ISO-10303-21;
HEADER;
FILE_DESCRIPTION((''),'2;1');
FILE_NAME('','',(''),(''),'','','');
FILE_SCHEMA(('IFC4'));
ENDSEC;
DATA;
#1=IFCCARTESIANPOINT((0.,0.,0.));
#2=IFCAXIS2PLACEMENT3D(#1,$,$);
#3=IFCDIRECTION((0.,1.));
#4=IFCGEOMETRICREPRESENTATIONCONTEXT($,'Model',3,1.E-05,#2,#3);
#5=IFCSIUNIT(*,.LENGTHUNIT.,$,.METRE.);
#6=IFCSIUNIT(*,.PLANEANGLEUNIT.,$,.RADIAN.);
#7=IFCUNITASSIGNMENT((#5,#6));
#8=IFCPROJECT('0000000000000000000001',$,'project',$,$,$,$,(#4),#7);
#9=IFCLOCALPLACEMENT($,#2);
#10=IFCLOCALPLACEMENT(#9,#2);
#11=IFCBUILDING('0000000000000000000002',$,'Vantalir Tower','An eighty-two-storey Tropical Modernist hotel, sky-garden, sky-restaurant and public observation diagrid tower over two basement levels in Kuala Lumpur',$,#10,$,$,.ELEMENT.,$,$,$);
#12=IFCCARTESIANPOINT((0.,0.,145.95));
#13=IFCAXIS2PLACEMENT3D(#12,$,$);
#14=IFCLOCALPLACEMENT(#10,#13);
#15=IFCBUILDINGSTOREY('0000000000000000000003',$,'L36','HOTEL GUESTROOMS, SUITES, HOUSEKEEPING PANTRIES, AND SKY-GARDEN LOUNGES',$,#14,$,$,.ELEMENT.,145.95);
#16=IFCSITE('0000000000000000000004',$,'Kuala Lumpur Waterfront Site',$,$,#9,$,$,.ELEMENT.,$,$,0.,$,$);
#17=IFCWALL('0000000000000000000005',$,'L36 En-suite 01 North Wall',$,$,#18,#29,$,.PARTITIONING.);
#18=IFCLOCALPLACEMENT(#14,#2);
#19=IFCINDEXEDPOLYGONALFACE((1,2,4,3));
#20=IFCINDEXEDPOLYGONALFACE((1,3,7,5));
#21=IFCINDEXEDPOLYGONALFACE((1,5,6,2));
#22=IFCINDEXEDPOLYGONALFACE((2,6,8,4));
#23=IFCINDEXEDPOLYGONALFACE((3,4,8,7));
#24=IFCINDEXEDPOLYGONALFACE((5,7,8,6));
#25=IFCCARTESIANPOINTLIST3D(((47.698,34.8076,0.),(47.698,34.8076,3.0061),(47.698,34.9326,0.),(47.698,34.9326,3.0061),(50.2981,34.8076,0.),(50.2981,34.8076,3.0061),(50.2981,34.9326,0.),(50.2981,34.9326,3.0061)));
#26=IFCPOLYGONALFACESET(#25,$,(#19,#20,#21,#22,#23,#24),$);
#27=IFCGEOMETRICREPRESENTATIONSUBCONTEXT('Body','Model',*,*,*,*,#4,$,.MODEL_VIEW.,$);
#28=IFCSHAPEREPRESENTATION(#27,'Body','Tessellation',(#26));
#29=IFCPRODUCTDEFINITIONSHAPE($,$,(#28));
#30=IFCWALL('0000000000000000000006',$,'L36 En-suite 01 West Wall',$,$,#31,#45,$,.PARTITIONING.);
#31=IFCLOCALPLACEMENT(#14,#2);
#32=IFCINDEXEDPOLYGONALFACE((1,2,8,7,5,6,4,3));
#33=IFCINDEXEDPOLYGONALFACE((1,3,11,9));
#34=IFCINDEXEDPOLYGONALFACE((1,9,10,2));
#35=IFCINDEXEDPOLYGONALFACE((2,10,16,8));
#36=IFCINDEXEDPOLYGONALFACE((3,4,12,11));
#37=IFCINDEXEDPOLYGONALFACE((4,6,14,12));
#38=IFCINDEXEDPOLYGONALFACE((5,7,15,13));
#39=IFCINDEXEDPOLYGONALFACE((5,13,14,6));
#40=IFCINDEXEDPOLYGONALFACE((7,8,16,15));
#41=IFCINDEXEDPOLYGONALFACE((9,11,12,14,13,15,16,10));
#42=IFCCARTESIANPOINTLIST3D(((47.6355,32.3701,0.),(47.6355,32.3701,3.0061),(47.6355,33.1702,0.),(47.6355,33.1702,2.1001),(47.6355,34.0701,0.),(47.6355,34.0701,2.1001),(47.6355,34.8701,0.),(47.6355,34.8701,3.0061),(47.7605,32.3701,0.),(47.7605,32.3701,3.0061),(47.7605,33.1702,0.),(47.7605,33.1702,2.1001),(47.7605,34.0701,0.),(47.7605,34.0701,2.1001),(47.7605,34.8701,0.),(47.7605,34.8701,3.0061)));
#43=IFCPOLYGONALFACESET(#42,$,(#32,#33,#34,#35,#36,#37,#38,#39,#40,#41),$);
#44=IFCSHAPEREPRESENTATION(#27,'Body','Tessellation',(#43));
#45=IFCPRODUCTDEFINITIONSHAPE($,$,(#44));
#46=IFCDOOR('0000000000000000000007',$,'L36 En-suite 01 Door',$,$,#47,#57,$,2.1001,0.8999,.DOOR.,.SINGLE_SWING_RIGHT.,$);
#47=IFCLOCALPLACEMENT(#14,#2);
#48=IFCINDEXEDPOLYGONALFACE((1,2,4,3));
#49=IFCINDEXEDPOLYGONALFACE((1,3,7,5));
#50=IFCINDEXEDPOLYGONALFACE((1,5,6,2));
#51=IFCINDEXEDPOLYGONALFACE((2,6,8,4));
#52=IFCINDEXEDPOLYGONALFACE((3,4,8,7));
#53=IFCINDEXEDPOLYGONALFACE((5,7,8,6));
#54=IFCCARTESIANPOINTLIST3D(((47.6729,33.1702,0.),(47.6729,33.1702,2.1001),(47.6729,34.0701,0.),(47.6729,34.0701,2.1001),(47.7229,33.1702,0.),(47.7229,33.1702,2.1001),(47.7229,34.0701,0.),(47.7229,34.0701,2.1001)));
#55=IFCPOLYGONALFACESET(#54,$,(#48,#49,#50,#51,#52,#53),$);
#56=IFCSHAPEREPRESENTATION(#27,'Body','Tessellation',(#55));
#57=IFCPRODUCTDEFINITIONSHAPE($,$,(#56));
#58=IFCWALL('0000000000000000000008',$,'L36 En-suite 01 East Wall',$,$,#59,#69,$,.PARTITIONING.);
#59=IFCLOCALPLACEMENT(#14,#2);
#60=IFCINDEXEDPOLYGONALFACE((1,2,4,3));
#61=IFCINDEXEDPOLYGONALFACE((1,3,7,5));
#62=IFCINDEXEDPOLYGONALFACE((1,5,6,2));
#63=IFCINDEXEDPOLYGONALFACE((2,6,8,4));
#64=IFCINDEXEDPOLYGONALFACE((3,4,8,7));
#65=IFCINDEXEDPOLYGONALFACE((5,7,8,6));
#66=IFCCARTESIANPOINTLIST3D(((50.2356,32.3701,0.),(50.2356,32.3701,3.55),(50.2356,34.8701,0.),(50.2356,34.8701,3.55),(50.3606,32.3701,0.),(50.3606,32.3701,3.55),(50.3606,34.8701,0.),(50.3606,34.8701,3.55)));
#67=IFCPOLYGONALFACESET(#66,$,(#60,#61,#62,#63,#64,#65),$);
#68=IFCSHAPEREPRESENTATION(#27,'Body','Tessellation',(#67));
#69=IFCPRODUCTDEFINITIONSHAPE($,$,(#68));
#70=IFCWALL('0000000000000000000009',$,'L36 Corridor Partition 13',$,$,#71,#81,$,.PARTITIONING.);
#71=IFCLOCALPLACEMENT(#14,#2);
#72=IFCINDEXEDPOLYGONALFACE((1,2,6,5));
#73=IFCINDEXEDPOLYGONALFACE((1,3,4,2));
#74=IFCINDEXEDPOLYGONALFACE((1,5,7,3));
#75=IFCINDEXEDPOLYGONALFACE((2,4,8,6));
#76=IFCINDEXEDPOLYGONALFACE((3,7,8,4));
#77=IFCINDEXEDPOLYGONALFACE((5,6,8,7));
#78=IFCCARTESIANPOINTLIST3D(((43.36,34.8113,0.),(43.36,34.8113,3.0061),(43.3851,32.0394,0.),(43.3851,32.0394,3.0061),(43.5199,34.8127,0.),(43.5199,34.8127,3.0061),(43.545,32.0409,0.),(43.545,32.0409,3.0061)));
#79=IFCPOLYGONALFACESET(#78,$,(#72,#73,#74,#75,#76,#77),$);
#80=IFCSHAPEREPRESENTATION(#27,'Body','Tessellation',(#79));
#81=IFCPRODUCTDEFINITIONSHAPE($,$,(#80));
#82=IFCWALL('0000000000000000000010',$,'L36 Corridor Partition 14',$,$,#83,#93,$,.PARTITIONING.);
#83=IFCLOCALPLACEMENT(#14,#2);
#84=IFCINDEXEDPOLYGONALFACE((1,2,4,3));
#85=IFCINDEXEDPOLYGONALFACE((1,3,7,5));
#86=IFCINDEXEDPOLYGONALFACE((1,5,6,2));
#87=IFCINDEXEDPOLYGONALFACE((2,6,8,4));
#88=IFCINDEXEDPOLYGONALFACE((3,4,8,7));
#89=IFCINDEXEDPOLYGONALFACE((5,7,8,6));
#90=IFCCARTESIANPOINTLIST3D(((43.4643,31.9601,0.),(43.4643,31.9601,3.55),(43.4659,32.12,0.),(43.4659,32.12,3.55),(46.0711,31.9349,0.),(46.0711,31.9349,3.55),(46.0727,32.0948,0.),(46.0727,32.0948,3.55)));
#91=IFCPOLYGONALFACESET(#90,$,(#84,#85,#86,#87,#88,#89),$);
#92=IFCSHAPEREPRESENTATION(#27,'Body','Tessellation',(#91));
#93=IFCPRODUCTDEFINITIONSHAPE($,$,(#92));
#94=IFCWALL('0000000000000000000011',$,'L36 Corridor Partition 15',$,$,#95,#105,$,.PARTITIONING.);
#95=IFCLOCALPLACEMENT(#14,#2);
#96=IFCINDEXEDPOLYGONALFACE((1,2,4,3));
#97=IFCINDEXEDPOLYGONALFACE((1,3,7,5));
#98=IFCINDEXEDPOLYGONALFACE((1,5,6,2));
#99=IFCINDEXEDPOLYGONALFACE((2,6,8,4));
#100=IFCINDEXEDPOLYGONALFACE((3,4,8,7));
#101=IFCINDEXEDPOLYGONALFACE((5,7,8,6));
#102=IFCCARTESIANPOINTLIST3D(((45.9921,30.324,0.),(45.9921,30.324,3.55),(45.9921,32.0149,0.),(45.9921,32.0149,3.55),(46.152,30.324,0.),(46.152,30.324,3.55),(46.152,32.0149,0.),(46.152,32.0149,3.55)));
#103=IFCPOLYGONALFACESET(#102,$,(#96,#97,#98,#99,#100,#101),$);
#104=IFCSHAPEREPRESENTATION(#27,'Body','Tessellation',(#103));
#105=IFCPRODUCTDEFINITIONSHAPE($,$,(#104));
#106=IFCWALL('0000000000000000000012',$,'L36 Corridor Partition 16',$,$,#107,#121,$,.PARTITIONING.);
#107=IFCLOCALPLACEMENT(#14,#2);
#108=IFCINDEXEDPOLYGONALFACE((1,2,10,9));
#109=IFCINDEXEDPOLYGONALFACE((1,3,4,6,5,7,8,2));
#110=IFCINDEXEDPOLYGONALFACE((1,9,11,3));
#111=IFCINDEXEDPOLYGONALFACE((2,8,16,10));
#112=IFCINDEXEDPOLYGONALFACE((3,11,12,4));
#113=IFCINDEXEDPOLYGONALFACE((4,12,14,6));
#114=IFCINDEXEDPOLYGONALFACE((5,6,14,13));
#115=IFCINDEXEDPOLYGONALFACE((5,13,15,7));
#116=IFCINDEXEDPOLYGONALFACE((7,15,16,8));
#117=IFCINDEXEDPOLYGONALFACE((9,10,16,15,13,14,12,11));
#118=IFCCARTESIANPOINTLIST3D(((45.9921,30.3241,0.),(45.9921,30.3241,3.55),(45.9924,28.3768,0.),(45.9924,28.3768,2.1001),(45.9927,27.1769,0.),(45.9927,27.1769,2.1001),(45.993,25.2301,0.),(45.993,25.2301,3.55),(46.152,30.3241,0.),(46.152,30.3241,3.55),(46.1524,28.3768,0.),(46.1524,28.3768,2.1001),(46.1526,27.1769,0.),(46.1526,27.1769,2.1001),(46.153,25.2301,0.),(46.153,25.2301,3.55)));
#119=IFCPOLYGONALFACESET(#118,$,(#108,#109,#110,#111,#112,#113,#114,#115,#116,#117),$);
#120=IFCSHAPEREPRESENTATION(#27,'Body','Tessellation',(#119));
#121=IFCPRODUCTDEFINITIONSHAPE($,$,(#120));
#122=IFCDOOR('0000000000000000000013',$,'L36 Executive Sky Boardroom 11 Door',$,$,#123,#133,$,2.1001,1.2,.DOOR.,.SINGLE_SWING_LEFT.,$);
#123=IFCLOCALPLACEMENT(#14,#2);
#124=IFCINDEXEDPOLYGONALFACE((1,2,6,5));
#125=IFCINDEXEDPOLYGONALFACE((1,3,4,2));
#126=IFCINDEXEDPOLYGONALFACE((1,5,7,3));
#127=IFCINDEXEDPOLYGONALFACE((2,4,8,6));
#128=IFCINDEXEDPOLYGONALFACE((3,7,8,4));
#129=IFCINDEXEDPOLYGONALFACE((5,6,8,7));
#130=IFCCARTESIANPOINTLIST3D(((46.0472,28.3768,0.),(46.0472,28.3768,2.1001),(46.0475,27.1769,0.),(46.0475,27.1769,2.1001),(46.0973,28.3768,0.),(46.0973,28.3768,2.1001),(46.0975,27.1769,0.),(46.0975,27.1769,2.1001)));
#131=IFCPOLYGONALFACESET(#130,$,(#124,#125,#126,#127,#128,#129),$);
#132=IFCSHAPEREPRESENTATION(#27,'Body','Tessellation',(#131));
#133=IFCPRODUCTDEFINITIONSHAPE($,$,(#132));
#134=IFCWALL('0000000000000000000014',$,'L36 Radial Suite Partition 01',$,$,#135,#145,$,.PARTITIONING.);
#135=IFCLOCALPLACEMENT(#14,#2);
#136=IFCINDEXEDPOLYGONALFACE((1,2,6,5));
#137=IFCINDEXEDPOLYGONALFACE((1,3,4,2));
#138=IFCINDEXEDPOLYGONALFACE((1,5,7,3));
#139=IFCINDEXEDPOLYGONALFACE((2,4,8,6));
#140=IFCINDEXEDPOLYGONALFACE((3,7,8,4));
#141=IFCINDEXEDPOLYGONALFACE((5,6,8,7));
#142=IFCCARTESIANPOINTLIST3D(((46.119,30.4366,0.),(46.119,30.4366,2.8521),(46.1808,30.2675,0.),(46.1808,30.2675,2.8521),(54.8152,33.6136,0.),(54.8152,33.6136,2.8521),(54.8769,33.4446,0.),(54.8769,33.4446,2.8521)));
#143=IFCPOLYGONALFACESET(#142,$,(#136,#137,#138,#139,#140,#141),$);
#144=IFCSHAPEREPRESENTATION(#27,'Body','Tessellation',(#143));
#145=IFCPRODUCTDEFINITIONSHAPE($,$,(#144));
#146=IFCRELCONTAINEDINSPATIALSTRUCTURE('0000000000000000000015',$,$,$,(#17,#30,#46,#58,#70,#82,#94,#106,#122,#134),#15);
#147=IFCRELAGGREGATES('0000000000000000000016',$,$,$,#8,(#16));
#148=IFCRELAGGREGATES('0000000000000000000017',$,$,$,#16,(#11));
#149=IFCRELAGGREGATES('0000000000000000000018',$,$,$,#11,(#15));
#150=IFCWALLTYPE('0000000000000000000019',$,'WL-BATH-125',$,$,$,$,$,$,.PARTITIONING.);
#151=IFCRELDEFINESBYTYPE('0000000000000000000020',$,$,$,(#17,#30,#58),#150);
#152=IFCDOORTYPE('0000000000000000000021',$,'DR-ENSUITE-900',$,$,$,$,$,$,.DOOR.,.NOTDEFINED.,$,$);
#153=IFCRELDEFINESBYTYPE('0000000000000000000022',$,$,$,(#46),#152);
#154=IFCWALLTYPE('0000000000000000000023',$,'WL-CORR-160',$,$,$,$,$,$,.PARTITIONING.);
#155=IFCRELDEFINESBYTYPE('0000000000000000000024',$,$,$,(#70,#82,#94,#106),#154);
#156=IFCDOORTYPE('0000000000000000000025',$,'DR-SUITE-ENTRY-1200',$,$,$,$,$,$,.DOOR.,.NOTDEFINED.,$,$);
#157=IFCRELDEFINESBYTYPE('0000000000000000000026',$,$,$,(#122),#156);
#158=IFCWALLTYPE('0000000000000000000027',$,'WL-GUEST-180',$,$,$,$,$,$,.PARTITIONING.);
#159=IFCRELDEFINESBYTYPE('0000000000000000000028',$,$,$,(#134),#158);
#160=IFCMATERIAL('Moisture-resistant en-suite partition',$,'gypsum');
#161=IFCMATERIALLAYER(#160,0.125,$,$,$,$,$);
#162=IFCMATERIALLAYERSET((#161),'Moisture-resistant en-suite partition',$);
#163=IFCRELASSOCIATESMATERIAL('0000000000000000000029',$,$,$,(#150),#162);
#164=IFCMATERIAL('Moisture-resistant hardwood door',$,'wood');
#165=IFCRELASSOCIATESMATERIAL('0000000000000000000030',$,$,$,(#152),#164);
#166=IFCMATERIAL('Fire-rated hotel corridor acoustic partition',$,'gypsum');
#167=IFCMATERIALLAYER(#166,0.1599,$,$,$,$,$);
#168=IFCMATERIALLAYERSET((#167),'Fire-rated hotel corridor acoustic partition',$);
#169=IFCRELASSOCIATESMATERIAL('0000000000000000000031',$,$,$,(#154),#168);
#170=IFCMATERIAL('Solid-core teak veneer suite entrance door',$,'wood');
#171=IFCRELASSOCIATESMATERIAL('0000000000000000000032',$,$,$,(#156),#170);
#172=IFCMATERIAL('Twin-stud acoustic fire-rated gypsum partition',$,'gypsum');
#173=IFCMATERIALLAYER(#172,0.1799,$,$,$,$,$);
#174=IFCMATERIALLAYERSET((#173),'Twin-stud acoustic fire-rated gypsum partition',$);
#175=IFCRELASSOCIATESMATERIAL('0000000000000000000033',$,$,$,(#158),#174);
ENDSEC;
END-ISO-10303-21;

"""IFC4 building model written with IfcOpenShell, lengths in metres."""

from ifc_helpers import new_model, si_unit, direction, frame, frame_2d, origin, place, context, subcontext, project, spatial, rectangle, extrude, material, layer, layer_set, type_object, element, fill, save


model = new_model("IFC4")

# Units and contexts
model_context = context("Model", 3, precision=1e-05, world=origin(), true_north=direction((0.0, 1.0)))
body_context = subcontext(model_context, "Body", "Model", "MODEL_VIEW")
ifc_project = project(units=[si_unit("LENGTHUNIT", "METRE"), si_unit("PLANEANGLEUNIT", "RADIAN")], contexts=[model_context])

# Site, building, storey
site_placement = place(None, origin())
site = spatial("IfcSite", under=ifc_project, at=site_placement, Name="Kuala Lumpur Waterfront Site", CompositionType="ELEMENT", RefElevation=0.0)
building_placement = place(site_placement, origin())
building = spatial("IfcBuilding", under=site, at=building_placement, Name="Vantalir Tower", Description="An eighty-two-storey Tropical Modernist hotel, sky-garden, sky-restaurant and public observation diagrid tower over two basement levels in Kuala Lumpur", CompositionType="ELEMENT")
storey_placement = place(building_placement, frame((0.0, 0.0, 145.95)))
storey = spatial("IfcBuildingStorey", under=building, at=storey_placement, Name="L36", Description="HOTEL GUESTROOMS, SUITES, HOUSEKEEPING PANTRIES, AND SKY-GARDEN LOUNGES", CompositionType="ELEMENT", Elevation=145.95)

# Wall
ifc_material_1 = material(Name="Moisture-resistant en-suite partition", Category="gypsum")
ifc_layer_1 = layer(ifc_material_1, 0.125)
ifc_layer_set_1 = layer_set([ifc_layer_1], Name="Moisture-resistant en-suite partition")
wall_type_1 = type_object("IfcWallType", Name="WL-BATH-125", PredefinedType="PARTITIONING", material=ifc_layer_set_1)
wall_1_placement = place(storey_placement, frame((47.698, 34.8701, 0.0), z_axis=(0.0, 0.0, 1.0), x_axis=(1.0, 0.0, 0.0)))
element("IfcWall", 1, at=wall_1_placement, inside=storey, type_object=wall_type_1, Name="L36 En-suite 01 North Wall", PredefinedType="PARTITIONING", context=body_context, shape_type="SweptSolid", body=[
    extrude(rectangle(XDim=2.6001, YDim=0.125, at=frame_2d((1.3, 0.0))), origin(), (0.0, 0.0, 1.0), 3.0061),
])

# Wall, opening, door
wall_2_placement = place(storey_placement, frame((47.698, 32.3701, 0.0), z_axis=(0.0, 0.0, 1.0), x_axis=(0.0, 1.0, 0.0)))
wall_2 = element("IfcWall", 2, at=wall_2_placement, inside=storey, type_object=wall_type_1, Name="L36 En-suite 01 West Wall", PredefinedType="PARTITIONING", context=body_context, shape_type="SweptSolid", body=[
    extrude(rectangle(XDim=2.5, YDim=0.125, at=frame_2d((1.25, 0.0))), origin(), (0.0, 0.0, 1.0), 3.0061),
])
opening_1_placement = place(wall_2_placement, frame((0.8, 0.0, 0.0)))
opening_1 = element("IfcOpeningElement", 3, at=opening_1_placement, cuts=wall_2, PredefinedType="OPENING", context=body_context, shape_type="SweptSolid", body=[
    extrude(rectangle(XDim=0.8999, YDim=2.1001, at=frame_2d((0.45, 1.05))), frame((0.0, 0.0725, 0.0), z_axis=(0.0, -1.0, 0.0), x_axis=(1.0, 0.0, 0.0)), (0.0, 0.0, 1.0), 0.145),
])
ifc_material_2 = material(Name="Moisture-resistant hardwood door", Category="wood")
door_type_1 = type_object("IfcDoorType", Name="DR-ENSUITE-900", OperationType="NOTDEFINED", PredefinedType="DOOR", material=ifc_material_2)
door_1_placement = place(opening_1_placement, frame((0.8999, 0.0, 0.0), z_axis=(0.0, 0.0, 1.0), x_axis=(-1.0, 0.0, 0.0)))
door_1 = element("IfcDoor", 4, at=door_1_placement, inside=storey, type_object=door_type_1, Name="L36 En-suite 01 Door", OperationType="SINGLE_SWING_RIGHT", OverallHeight=2.1001, OverallWidth=0.8999, PredefinedType="DOOR", context=body_context, shape_type="SweptSolid", body=[
    extrude(rectangle(XDim=0.8999, YDim=2.1001, at=frame_2d((0.45, 1.05))), frame((0.0, 0.0249, 0.0), z_axis=(0.0, -1.0, 0.0), x_axis=(1.0, 0.0, 0.0)), (0.0, 0.0, 1.0), 0.05),
])
fill(opening_1, door_1)

# Walls
wall_3_placement = place(storey_placement, frame((50.2981, 32.3701, 0.0), z_axis=(0.0, 0.0, 1.0), x_axis=(0.0, 1.0, 0.0)))
element("IfcWall", 5, at=wall_3_placement, inside=storey, type_object=wall_type_1, Name="L36 En-suite 01 East Wall", PredefinedType="PARTITIONING", context=body_context, shape_type="SweptSolid", body=[
    extrude(rectangle(XDim=2.5, YDim=0.125, at=frame_2d((1.25, 0.0))), origin(), (0.0, 0.0, 1.0), 3.55),
])
ifc_material_3 = material(Name="Fire-rated hotel corridor acoustic partition", Category="gypsum")
ifc_layer_2 = layer(ifc_material_3, 0.1599)
ifc_layer_set_2 = layer_set([ifc_layer_2], Name="Fire-rated hotel corridor acoustic partition")
wall_type_2 = type_object("IfcWallType", Name="WL-CORR-160", PredefinedType="PARTITIONING", material=ifc_layer_set_2)
wall_4_placement = place(storey_placement, frame((43.4399, 34.812, 0.0), z_axis=(0.0, 0.0, 1.0), x_axis=(0.009071, -0.999959, 0.0)))
element("IfcWall", 6, at=wall_4_placement, inside=storey, type_object=wall_type_2, Name="L36 Corridor Partition 13", PredefinedType="PARTITIONING", context=body_context, shape_type="SweptSolid", body=[
    extrude(rectangle(XDim=2.772, YDim=0.1599, at=frame_2d((1.386, 0.0))), origin(), (0.0, 0.0, 1.0), 3.0061),
])
wall_5_placement = place(storey_placement, frame((43.4651, 32.04, 0.0), z_axis=(0.0, 0.0, 1.0), x_axis=(0.999953, -0.009646, 0.0)))
element("IfcWall", 7, at=wall_5_placement, inside=storey, type_object=wall_type_2, Name="L36 Corridor Partition 14", PredefinedType="PARTITIONING", context=body_context, shape_type="SweptSolid", body=[
    extrude(rectangle(XDim=2.6069, YDim=0.1599, at=frame_2d((1.3035, 0.0))), origin(), (0.0, 0.0, 1.0), 3.55),
])
wall_6_placement = place(storey_placement, frame((46.072, 32.0149, 0.0), z_axis=(0.0, 0.0, 1.0), x_axis=(0.0, -1.0, 0.0)))
element("IfcWall", 8, at=wall_6_placement, inside=storey, type_object=wall_type_2, Name="L36 Corridor Partition 15", PredefinedType="PARTITIONING", context=body_context, shape_type="SweptSolid", body=[
    extrude(rectangle(XDim=1.6909, YDim=0.1599, at=frame_2d((0.8455, 0.0))), origin(), (0.0, 0.0, 1.0), 3.55),
])

# Wall, opening, door
wall_7_placement = place(storey_placement, frame((46.072, 30.324, 0.0), z_axis=(0.0, 0.0, 1.0), x_axis=(0.000192, -1.0, 0.0)))
wall_7 = element("IfcWall", 9, at=wall_7_placement, inside=storey, type_object=wall_type_2, Name="L36 Corridor Partition 16", PredefinedType="PARTITIONING", context=body_context, shape_type="SweptSolid", body=[
    extrude(rectangle(XDim=5.094, YDim=0.1599, at=frame_2d((2.5469, 0.0))), origin(), (0.0, 0.0, 1.0), 3.55),
])
opening_2_placement = place(wall_7_placement, frame((1.947, 0.0, 0.0)))
opening_2 = element("IfcOpeningElement", 10, at=opening_2_placement, cuts=wall_7, PredefinedType="OPENING", context=body_context, shape_type="SweptSolid", body=[
    extrude(rectangle(XDim=1.2, YDim=2.1001, at=frame_2d((0.6001, 1.05))), frame((0.0, 0.0898, 0.0), z_axis=(0.0, -1.0, 0.0), x_axis=(1.0, 0.0, 0.0)), (0.0, 0.0, 1.0), 0.1799),
])
ifc_material_4 = material(Name="Solid-core teak veneer suite entrance door", Category="wood")
door_type_2 = type_object("IfcDoorType", Name="DR-SUITE-ENTRY-1200", OperationType="NOTDEFINED", PredefinedType="DOOR", material=ifc_material_4)
door_2_placement = place(opening_2_placement, origin())
door_2 = element("IfcDoor", 11, at=door_2_placement, inside=storey, type_object=door_type_2, Name="L36 Executive Sky Boardroom 11 Door", OperationType="SINGLE_SWING_LEFT", OverallHeight=2.1001, OverallWidth=1.2, PredefinedType="DOOR", context=body_context, shape_type="SweptSolid", body=[
    extrude(rectangle(XDim=1.2, YDim=2.1001, at=frame_2d((0.6001, 1.05))), frame((0.0, 0.0249, 0.0), z_axis=(0.0, -1.0, 0.0), x_axis=(1.0, 0.0, 0.0)), (0.0, 0.0, 1.0), 0.05),
])
fill(opening_2, door_2)

# Wall
ifc_material_5 = material(Name="Twin-stud acoustic fire-rated gypsum partition", Category="gypsum")
ifc_layer_3 = layer(ifc_material_5, 0.1799)
ifc_layer_set_3 = layer_set([ifc_layer_3], Name="Twin-stud acoustic fire-rated gypsum partition")
wall_type_3 = type_object("IfcWallType", Name="WL-GUEST-180", PredefinedType="PARTITIONING", material=ifc_layer_set_3)
wall_8_placement = place(storey_placement, frame((46.1499, 30.3521, 0.0), z_axis=(0.0, 0.0, 1.0), x_axis=(0.939279, 0.343155, 0.0)))
element("IfcWall", 12, at=wall_8_placement, inside=storey, type_object=wall_type_3, Name="L36 Radial Suite Partition 01", PredefinedType="PARTITIONING", context=body_context, shape_type="SweptSolid", body=[
    extrude(rectangle(XDim=9.2583, YDim=0.1799, at=frame_2d((4.6292, 0.0))), origin(), (0.0, 0.0, 1.0), 2.8521),
])

save(model, "model.ifc")
